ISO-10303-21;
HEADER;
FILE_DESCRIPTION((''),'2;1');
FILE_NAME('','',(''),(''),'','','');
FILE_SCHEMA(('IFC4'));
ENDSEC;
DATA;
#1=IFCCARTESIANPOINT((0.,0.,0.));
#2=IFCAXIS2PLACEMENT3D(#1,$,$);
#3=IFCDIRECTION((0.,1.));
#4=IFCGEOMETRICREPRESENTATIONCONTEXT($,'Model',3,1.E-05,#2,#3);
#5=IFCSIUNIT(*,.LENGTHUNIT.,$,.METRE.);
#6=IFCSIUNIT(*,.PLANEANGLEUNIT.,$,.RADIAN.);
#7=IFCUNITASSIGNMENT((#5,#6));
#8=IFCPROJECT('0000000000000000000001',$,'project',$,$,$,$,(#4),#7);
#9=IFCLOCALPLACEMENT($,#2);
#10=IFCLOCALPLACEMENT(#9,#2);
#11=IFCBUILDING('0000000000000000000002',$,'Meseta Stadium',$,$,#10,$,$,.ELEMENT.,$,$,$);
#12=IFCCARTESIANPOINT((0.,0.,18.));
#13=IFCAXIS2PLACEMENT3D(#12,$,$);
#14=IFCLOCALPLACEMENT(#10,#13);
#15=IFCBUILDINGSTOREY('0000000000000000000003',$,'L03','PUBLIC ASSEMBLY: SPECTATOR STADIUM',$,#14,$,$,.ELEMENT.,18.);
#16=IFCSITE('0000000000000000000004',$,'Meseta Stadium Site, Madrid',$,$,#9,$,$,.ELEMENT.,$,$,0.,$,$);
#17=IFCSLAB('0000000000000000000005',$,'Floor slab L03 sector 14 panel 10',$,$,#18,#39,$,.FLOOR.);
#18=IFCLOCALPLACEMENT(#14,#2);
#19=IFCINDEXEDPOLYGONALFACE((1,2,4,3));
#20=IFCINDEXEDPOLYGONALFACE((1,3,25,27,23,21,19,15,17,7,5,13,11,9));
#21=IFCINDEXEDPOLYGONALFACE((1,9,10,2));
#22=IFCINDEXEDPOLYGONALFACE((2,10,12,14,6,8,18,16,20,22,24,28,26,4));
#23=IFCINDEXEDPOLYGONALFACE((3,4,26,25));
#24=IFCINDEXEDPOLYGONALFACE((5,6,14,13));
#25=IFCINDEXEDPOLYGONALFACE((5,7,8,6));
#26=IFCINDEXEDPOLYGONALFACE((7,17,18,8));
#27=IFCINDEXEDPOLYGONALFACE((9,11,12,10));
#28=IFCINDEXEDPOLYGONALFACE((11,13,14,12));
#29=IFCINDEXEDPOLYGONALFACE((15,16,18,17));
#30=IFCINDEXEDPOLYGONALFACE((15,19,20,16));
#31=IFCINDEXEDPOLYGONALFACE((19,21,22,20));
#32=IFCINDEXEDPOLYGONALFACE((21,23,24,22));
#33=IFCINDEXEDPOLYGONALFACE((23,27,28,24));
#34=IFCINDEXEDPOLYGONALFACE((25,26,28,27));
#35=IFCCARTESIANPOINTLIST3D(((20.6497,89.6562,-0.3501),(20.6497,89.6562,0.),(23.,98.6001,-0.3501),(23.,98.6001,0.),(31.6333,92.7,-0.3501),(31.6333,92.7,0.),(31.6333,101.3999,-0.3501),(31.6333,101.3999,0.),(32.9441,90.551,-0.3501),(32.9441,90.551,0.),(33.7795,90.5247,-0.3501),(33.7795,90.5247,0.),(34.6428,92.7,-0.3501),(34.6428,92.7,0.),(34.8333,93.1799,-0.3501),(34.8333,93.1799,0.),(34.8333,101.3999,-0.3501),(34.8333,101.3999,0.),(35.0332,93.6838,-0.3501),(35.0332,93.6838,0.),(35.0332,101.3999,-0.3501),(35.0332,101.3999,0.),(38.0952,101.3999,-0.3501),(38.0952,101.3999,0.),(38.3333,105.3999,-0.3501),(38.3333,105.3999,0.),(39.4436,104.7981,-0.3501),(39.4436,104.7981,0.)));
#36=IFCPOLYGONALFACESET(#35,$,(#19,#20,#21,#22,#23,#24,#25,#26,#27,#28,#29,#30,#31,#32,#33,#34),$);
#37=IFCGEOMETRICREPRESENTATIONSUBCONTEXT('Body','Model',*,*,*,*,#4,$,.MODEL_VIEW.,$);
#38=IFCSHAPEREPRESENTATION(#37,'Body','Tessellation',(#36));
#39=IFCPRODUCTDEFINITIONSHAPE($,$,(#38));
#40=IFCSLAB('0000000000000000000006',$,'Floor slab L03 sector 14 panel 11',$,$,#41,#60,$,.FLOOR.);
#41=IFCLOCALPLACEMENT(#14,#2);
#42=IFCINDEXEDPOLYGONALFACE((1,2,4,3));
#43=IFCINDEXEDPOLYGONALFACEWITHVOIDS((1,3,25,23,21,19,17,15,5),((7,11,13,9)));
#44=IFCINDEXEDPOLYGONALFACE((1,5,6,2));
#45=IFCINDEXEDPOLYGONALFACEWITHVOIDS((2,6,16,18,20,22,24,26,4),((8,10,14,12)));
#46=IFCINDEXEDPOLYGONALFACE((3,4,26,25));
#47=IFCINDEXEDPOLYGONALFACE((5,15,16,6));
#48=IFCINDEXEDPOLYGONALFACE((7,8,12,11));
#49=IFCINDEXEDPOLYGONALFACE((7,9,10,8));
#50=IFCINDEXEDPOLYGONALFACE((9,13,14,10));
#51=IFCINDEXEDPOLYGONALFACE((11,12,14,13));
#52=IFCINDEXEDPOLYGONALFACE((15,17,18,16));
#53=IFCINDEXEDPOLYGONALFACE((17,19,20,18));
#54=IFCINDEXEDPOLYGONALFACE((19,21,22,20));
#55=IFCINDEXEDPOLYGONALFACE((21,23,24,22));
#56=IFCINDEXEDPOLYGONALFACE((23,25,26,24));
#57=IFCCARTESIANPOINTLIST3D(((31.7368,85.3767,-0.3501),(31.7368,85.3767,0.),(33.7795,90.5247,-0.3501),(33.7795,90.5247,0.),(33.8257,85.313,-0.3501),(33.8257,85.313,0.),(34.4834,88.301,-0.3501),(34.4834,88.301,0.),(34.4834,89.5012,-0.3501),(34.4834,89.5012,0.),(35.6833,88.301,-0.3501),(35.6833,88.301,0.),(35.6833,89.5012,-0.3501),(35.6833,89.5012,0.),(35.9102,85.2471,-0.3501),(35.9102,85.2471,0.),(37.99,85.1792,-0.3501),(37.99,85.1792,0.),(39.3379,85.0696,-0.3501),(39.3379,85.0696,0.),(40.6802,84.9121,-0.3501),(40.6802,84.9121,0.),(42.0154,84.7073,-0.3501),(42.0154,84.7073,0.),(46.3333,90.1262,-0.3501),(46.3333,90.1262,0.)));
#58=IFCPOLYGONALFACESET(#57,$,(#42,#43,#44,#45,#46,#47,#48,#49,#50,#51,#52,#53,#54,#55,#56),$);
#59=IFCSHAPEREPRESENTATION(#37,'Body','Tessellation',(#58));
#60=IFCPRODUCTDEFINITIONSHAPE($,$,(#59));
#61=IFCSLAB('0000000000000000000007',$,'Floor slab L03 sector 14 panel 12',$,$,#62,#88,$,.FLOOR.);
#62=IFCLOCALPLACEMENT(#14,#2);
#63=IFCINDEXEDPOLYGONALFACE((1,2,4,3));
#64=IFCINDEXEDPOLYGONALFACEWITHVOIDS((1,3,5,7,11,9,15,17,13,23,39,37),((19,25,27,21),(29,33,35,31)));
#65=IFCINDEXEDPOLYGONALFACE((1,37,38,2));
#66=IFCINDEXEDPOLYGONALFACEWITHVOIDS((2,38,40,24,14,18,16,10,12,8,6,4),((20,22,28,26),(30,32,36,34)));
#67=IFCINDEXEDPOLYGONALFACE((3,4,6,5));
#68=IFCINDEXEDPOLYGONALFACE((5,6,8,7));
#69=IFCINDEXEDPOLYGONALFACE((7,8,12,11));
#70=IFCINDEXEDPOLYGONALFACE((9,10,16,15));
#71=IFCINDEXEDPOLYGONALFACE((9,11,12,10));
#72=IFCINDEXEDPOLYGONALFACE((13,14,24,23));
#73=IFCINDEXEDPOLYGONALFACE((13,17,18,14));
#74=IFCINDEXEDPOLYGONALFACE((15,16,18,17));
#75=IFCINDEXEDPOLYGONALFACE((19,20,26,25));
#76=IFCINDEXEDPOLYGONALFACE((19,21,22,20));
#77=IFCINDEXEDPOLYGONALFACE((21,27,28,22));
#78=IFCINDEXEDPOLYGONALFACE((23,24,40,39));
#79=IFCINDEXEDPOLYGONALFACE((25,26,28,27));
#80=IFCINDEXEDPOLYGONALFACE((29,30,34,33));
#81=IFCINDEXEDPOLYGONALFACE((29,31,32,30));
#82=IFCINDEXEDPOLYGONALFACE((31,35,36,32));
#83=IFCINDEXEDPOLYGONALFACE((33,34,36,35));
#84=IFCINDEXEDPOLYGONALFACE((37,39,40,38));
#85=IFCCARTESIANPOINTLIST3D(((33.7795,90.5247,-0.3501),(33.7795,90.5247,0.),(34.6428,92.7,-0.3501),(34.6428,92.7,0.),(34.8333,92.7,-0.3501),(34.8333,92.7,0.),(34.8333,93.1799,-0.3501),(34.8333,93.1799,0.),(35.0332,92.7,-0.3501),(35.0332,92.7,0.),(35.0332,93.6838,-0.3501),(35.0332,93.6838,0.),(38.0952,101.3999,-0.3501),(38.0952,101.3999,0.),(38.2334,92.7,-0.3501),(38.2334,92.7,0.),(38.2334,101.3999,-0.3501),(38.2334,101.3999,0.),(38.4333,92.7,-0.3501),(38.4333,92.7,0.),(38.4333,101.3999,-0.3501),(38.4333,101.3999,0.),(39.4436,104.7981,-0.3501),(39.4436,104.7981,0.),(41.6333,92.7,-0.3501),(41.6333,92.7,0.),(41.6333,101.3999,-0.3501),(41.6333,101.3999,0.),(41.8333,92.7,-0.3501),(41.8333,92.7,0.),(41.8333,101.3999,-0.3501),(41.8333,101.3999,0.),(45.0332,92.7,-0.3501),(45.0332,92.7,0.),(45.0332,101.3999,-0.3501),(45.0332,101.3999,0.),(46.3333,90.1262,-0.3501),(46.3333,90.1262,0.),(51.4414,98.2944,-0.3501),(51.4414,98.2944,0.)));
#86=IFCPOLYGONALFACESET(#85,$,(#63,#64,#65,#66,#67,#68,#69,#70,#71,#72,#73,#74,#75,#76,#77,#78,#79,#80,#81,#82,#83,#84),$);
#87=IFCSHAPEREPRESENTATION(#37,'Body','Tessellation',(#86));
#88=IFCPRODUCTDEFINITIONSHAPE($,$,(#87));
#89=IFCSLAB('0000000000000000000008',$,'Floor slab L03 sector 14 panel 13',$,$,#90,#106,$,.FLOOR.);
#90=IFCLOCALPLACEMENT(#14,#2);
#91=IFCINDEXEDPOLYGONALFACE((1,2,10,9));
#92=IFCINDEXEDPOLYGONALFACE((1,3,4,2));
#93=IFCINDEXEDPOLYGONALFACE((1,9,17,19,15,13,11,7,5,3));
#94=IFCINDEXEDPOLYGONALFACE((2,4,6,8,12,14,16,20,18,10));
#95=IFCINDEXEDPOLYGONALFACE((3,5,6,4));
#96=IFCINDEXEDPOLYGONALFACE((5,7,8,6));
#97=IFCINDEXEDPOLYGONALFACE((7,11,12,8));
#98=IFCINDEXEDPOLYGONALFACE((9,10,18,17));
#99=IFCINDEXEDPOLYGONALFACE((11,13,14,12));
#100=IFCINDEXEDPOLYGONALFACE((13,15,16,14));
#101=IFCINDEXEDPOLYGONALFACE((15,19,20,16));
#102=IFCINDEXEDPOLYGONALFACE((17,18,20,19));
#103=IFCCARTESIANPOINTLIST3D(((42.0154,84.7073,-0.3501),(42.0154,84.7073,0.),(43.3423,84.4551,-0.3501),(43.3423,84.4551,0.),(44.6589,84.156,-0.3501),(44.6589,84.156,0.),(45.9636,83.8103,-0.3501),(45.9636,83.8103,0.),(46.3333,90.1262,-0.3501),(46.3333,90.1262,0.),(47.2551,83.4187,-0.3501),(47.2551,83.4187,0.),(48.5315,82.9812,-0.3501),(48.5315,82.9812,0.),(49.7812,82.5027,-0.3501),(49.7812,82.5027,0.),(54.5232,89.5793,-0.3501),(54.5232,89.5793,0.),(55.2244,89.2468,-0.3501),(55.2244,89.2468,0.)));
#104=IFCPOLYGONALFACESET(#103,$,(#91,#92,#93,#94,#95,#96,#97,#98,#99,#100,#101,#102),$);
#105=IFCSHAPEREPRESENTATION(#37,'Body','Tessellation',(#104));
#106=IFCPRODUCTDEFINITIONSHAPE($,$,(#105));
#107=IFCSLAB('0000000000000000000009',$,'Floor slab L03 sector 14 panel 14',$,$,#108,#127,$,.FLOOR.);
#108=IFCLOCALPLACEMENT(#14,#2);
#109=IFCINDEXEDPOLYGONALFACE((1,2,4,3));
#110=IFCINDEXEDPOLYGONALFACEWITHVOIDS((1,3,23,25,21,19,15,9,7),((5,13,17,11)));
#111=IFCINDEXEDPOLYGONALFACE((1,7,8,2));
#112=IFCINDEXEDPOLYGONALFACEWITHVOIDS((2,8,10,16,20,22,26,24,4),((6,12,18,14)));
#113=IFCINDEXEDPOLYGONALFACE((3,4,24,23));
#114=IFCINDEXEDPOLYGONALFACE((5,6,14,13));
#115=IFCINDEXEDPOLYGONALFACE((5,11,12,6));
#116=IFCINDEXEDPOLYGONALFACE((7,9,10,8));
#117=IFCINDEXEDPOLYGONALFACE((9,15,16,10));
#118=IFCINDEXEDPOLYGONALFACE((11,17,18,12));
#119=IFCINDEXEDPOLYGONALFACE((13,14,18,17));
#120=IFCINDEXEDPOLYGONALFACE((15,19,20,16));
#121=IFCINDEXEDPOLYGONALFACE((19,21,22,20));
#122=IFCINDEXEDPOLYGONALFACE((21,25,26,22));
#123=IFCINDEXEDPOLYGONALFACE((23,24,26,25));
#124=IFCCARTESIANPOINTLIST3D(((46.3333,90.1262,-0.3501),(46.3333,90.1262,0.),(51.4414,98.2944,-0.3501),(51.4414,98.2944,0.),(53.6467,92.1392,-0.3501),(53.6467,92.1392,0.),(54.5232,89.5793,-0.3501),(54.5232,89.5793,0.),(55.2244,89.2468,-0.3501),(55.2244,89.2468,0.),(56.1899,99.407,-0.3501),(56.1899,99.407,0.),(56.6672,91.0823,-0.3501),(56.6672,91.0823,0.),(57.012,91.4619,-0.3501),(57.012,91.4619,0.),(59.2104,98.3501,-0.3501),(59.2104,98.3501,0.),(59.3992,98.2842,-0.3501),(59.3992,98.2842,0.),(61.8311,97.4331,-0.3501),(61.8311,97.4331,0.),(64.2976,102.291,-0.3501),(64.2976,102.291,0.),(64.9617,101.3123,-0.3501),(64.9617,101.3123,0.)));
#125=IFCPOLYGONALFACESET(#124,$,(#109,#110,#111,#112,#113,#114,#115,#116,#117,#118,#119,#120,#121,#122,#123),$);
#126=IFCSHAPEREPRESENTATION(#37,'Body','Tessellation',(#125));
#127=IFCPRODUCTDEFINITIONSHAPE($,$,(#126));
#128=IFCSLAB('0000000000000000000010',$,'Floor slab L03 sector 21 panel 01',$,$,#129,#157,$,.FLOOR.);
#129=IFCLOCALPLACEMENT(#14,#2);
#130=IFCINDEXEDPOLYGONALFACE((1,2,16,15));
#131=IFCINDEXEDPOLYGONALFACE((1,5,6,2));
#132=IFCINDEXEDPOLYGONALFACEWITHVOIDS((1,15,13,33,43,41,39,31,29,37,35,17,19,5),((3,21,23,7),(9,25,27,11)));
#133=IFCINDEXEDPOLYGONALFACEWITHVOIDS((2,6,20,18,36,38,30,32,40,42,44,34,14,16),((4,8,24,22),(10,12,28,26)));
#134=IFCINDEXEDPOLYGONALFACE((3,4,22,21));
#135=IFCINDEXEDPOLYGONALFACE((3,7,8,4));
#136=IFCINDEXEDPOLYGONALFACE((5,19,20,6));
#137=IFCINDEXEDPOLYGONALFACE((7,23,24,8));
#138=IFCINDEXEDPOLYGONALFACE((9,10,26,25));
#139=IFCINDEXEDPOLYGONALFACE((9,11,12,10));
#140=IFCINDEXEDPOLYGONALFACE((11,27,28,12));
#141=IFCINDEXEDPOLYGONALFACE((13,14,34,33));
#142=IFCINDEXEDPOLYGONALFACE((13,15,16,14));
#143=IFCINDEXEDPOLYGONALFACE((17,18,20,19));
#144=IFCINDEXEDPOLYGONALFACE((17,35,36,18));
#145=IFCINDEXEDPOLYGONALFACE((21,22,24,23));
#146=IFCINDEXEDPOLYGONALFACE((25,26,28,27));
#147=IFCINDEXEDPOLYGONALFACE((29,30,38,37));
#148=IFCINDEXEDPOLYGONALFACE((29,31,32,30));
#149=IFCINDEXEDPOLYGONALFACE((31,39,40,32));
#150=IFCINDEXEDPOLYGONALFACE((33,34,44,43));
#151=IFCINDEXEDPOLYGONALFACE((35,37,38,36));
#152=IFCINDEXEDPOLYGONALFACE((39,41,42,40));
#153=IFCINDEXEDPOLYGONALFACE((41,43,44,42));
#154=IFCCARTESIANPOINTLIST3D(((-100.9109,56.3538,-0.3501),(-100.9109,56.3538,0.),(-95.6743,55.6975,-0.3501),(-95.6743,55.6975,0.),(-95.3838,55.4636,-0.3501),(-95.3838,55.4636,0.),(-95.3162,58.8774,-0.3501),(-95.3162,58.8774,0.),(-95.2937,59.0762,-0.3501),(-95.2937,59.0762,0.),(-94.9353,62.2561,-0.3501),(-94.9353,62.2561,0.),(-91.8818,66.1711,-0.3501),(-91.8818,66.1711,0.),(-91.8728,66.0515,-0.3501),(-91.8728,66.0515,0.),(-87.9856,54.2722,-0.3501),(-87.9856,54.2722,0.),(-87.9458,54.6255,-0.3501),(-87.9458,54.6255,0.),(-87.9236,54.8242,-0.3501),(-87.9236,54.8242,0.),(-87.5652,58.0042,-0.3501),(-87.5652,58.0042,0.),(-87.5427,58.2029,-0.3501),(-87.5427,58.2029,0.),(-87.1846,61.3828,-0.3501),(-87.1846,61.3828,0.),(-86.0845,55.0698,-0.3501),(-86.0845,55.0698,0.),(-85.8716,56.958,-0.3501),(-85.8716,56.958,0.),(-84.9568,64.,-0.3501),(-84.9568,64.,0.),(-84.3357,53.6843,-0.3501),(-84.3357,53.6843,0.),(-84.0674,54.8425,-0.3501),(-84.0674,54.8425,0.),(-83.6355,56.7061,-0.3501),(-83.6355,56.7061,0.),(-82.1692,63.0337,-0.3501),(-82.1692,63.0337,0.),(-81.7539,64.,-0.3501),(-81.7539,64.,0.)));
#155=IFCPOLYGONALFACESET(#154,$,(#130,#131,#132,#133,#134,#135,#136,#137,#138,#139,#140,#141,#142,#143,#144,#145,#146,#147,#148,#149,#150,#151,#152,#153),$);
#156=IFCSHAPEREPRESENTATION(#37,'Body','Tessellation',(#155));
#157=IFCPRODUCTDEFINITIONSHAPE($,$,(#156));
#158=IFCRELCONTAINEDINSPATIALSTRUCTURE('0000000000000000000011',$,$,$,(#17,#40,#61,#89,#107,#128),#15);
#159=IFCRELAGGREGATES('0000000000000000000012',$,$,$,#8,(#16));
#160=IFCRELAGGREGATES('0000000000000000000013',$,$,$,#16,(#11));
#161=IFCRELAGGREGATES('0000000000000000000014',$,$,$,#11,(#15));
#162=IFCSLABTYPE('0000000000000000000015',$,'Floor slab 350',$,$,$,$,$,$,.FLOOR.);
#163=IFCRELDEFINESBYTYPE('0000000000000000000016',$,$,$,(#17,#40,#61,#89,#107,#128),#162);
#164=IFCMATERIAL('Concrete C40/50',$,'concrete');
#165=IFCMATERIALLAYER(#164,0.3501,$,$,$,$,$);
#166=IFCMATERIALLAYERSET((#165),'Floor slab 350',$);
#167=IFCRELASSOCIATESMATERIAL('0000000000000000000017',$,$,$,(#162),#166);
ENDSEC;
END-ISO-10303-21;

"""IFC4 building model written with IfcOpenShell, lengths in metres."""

from ifc_helpers import new_model, si_unit, direction, frame, origin, place, context, subcontext, project, spatial, polyline, outline, extrude, material, layer, layer_set, type_object, element, save


model = new_model("IFC4")

# Units and contexts
model_context = context("Model", 3, precision=1e-05, world=origin(), true_north=direction((0.0, 1.0)))
body_context = subcontext(model_context, "Body", "Model", "MODEL_VIEW")
ifc_project = project(units=[si_unit("LENGTHUNIT", "METRE"), si_unit("PLANEANGLEUNIT", "RADIAN")], contexts=[model_context])

# Site, building, storey
site_placement = place(None, origin())
site = spatial("IfcSite", under=ifc_project, at=site_placement, Name="Meseta Stadium Site, Madrid", CompositionType="ELEMENT", RefElevation=0.0)
building_placement = place(site_placement, origin())
building = spatial("IfcBuilding", under=site, at=building_placement, Name="Meseta Stadium", CompositionType="ELEMENT")
storey_placement = place(building_placement, frame((0.0, 0.0, 18.0)))
storey = spatial("IfcBuildingStorey", under=building, at=storey_placement, Name="L03", Description="PUBLIC ASSEMBLY: SPECTATOR STADIUM", CompositionType="ELEMENT", Elevation=18.0)

# Slabs
ifc_material = material(Name="Concrete C40/50", Category="concrete")
ifc_layer = layer(ifc_material, 0.3501)
ifc_layer_set = layer_set([ifc_layer], Name="Floor slab 350")
slab_type = type_object("IfcSlabType", Name="Floor slab 350", PredefinedType="FLOOR", material=ifc_layer_set)
slab_1_placement = place(storey_placement, frame((0.0, 0.0, -0.3501)))
element("IfcSlab", 1, at=slab_1_placement, inside=storey, type_object=slab_type, Name="Floor slab L03 sector 14 panel 10", PredefinedType="FLOOR", context=body_context, shape_type="SweptSolid", body=[
    extrude(outline(polyline([(38.0952, 101.3999), (39.4436, 104.7981), (38.3333, 105.3999), (23.0, 98.6001), (20.6497, 89.6562), (32.9441, 90.551), (33.7795, 90.5247), (34.6428, 92.7), (31.6333, 92.7), (31.6333, 101.3999), (34.8333, 101.3999), (34.8333, 93.1799), (35.0332, 93.6838), (35.0332, 101.3999), (38.0952, 101.3999)])), origin(), (0.0, 0.0, 1.0), 0.3501),
])
slab_2_placement = place(storey_placement, frame((0.0, 0.0, -0.3501)))
element("IfcSlab", 2, at=slab_2_placement, inside=storey, type_object=slab_type, Name="Floor slab L03 sector 14 panel 11", PredefinedType="FLOOR", context=body_context, shape_type="SweptSolid", body=[
    extrude(outline(polyline([(35.9102, 85.2471), (37.99, 85.1792), (39.3379, 85.0696), (40.6802, 84.9121), (42.0154, 84.7073), (46.3333, 90.1262), (33.7795, 90.5247), (31.7368, 85.3767), (33.8257, 85.313), (35.9102, 85.2471)]), holes=[polyline([(35.6833, 88.301), (34.4834, 88.301), (34.4834, 89.5012), (35.6833, 89.5012), (35.6833, 88.301)])]), origin(), (0.0, 0.0, 1.0), 0.3501),
])
slab_3_placement = place(storey_placement, frame((0.0, 0.0, -0.3501)))
element("IfcSlab", 3, at=slab_3_placement, inside=storey, type_object=slab_type, Name="Floor slab L03 sector 14 panel 12", PredefinedType="FLOOR", context=body_context, shape_type="SweptSolid", body=[
    extrude(outline(polyline([(34.6428, 92.7), (33.7795, 90.5247), (46.3333, 90.1262), (51.4414, 98.2944), (39.4436, 104.7981), (38.0952, 101.3999), (38.2334, 101.3999), (38.2334, 92.7), (35.0332, 92.7), (35.0332, 93.6838), (34.8333, 93.1799), (34.8333, 92.7), (34.6428, 92.7)]), holes=[polyline([(41.8333, 101.3999), (45.0332, 101.3999), (45.0332, 92.7), (41.8333, 92.7), (41.8333, 101.3999)]), polyline([(41.6333, 101.3999), (41.6333, 92.7), (38.4333, 92.7), (38.4333, 101.3999), (41.6333, 101.3999)])]), origin(), (0.0, 0.0, 1.0), 0.3501),
])
slab_4_placement = place(storey_placement, frame((0.0, 0.0, -0.3501)))
element("IfcSlab", 4, at=slab_4_placement, inside=storey, type_object=slab_type, Name="Floor slab L03 sector 14 panel 13", PredefinedType="FLOOR", context=body_context, shape_type="SweptSolid", body=[
    extrude(outline(polyline([(45.9636, 83.8103), (47.2551, 83.4187), (48.5315, 82.9812), (49.7812, 82.5027), (55.2244, 89.2468), (54.5232, 89.5793), (46.3333, 90.1262), (42.0154, 84.7073), (43.3423, 84.4551), (44.6589, 84.156), (45.9636, 83.8103)])), origin(), (0.0, 0.0, 1.0), 0.3501),
])
slab_5_placement = place(storey_placement, frame((0.0, 0.0, -0.3501)))
element("IfcSlab", 5, at=slab_5_placement, inside=storey, type_object=slab_type, Name="Floor slab L03 sector 14 panel 14", PredefinedType="FLOOR", context=body_context, shape_type="SweptSolid", body=[
    extrude(outline(polyline([(59.3992, 98.2842), (61.8311, 97.4331), (64.9617, 101.3123), (64.2976, 102.291), (51.4414, 98.2944), (46.3333, 90.1262), (54.5232, 89.5793), (55.2244, 89.2468), (57.012, 91.4619), (59.3992, 98.2842)]), holes=[polyline([(56.6672, 91.0823), (53.6467, 92.1392), (56.1899, 99.407), (59.2104, 98.3501), (56.6672, 91.0823)])]), origin(), (0.0, 0.0, 1.0), 0.3501),
])
slab_6_placement = place(storey_placement, frame((0.0, 0.0, -0.3501)))
element("IfcSlab", 6, at=slab_6_placement, inside=storey, type_object=slab_type, Name="Floor slab L03 sector 21 panel 01", PredefinedType="FLOOR", context=body_context, shape_type="SweptSolid", body=[
    extrude(outline(polyline([(-87.9458, 54.6255), (-87.9856, 54.2722), (-84.3357, 53.6843), (-84.0674, 54.8425), (-86.0845, 55.0698), (-85.8716, 56.958), (-83.6355, 56.7061), (-82.1692, 63.0337), (-81.7539, 64.0), (-84.9568, 64.0), (-91.8818, 66.1711), (-91.8728, 66.0515), (-100.9109, 56.3538), (-95.3838, 55.4636), (-87.9458, 54.6255)]), holes=[polyline([(-95.6743, 55.6975), (-95.3162, 58.8774), (-87.5652, 58.0042), (-87.9236, 54.8242), (-95.6743, 55.6975)]), polyline([(-95.2937, 59.0762), (-94.9353, 62.2561), (-87.1846, 61.3828), (-87.5427, 58.2029), (-95.2937, 59.0762)])]), origin(), (0.0, 0.0, 1.0), 0.3501),
])

save(model, "model.ifc")
